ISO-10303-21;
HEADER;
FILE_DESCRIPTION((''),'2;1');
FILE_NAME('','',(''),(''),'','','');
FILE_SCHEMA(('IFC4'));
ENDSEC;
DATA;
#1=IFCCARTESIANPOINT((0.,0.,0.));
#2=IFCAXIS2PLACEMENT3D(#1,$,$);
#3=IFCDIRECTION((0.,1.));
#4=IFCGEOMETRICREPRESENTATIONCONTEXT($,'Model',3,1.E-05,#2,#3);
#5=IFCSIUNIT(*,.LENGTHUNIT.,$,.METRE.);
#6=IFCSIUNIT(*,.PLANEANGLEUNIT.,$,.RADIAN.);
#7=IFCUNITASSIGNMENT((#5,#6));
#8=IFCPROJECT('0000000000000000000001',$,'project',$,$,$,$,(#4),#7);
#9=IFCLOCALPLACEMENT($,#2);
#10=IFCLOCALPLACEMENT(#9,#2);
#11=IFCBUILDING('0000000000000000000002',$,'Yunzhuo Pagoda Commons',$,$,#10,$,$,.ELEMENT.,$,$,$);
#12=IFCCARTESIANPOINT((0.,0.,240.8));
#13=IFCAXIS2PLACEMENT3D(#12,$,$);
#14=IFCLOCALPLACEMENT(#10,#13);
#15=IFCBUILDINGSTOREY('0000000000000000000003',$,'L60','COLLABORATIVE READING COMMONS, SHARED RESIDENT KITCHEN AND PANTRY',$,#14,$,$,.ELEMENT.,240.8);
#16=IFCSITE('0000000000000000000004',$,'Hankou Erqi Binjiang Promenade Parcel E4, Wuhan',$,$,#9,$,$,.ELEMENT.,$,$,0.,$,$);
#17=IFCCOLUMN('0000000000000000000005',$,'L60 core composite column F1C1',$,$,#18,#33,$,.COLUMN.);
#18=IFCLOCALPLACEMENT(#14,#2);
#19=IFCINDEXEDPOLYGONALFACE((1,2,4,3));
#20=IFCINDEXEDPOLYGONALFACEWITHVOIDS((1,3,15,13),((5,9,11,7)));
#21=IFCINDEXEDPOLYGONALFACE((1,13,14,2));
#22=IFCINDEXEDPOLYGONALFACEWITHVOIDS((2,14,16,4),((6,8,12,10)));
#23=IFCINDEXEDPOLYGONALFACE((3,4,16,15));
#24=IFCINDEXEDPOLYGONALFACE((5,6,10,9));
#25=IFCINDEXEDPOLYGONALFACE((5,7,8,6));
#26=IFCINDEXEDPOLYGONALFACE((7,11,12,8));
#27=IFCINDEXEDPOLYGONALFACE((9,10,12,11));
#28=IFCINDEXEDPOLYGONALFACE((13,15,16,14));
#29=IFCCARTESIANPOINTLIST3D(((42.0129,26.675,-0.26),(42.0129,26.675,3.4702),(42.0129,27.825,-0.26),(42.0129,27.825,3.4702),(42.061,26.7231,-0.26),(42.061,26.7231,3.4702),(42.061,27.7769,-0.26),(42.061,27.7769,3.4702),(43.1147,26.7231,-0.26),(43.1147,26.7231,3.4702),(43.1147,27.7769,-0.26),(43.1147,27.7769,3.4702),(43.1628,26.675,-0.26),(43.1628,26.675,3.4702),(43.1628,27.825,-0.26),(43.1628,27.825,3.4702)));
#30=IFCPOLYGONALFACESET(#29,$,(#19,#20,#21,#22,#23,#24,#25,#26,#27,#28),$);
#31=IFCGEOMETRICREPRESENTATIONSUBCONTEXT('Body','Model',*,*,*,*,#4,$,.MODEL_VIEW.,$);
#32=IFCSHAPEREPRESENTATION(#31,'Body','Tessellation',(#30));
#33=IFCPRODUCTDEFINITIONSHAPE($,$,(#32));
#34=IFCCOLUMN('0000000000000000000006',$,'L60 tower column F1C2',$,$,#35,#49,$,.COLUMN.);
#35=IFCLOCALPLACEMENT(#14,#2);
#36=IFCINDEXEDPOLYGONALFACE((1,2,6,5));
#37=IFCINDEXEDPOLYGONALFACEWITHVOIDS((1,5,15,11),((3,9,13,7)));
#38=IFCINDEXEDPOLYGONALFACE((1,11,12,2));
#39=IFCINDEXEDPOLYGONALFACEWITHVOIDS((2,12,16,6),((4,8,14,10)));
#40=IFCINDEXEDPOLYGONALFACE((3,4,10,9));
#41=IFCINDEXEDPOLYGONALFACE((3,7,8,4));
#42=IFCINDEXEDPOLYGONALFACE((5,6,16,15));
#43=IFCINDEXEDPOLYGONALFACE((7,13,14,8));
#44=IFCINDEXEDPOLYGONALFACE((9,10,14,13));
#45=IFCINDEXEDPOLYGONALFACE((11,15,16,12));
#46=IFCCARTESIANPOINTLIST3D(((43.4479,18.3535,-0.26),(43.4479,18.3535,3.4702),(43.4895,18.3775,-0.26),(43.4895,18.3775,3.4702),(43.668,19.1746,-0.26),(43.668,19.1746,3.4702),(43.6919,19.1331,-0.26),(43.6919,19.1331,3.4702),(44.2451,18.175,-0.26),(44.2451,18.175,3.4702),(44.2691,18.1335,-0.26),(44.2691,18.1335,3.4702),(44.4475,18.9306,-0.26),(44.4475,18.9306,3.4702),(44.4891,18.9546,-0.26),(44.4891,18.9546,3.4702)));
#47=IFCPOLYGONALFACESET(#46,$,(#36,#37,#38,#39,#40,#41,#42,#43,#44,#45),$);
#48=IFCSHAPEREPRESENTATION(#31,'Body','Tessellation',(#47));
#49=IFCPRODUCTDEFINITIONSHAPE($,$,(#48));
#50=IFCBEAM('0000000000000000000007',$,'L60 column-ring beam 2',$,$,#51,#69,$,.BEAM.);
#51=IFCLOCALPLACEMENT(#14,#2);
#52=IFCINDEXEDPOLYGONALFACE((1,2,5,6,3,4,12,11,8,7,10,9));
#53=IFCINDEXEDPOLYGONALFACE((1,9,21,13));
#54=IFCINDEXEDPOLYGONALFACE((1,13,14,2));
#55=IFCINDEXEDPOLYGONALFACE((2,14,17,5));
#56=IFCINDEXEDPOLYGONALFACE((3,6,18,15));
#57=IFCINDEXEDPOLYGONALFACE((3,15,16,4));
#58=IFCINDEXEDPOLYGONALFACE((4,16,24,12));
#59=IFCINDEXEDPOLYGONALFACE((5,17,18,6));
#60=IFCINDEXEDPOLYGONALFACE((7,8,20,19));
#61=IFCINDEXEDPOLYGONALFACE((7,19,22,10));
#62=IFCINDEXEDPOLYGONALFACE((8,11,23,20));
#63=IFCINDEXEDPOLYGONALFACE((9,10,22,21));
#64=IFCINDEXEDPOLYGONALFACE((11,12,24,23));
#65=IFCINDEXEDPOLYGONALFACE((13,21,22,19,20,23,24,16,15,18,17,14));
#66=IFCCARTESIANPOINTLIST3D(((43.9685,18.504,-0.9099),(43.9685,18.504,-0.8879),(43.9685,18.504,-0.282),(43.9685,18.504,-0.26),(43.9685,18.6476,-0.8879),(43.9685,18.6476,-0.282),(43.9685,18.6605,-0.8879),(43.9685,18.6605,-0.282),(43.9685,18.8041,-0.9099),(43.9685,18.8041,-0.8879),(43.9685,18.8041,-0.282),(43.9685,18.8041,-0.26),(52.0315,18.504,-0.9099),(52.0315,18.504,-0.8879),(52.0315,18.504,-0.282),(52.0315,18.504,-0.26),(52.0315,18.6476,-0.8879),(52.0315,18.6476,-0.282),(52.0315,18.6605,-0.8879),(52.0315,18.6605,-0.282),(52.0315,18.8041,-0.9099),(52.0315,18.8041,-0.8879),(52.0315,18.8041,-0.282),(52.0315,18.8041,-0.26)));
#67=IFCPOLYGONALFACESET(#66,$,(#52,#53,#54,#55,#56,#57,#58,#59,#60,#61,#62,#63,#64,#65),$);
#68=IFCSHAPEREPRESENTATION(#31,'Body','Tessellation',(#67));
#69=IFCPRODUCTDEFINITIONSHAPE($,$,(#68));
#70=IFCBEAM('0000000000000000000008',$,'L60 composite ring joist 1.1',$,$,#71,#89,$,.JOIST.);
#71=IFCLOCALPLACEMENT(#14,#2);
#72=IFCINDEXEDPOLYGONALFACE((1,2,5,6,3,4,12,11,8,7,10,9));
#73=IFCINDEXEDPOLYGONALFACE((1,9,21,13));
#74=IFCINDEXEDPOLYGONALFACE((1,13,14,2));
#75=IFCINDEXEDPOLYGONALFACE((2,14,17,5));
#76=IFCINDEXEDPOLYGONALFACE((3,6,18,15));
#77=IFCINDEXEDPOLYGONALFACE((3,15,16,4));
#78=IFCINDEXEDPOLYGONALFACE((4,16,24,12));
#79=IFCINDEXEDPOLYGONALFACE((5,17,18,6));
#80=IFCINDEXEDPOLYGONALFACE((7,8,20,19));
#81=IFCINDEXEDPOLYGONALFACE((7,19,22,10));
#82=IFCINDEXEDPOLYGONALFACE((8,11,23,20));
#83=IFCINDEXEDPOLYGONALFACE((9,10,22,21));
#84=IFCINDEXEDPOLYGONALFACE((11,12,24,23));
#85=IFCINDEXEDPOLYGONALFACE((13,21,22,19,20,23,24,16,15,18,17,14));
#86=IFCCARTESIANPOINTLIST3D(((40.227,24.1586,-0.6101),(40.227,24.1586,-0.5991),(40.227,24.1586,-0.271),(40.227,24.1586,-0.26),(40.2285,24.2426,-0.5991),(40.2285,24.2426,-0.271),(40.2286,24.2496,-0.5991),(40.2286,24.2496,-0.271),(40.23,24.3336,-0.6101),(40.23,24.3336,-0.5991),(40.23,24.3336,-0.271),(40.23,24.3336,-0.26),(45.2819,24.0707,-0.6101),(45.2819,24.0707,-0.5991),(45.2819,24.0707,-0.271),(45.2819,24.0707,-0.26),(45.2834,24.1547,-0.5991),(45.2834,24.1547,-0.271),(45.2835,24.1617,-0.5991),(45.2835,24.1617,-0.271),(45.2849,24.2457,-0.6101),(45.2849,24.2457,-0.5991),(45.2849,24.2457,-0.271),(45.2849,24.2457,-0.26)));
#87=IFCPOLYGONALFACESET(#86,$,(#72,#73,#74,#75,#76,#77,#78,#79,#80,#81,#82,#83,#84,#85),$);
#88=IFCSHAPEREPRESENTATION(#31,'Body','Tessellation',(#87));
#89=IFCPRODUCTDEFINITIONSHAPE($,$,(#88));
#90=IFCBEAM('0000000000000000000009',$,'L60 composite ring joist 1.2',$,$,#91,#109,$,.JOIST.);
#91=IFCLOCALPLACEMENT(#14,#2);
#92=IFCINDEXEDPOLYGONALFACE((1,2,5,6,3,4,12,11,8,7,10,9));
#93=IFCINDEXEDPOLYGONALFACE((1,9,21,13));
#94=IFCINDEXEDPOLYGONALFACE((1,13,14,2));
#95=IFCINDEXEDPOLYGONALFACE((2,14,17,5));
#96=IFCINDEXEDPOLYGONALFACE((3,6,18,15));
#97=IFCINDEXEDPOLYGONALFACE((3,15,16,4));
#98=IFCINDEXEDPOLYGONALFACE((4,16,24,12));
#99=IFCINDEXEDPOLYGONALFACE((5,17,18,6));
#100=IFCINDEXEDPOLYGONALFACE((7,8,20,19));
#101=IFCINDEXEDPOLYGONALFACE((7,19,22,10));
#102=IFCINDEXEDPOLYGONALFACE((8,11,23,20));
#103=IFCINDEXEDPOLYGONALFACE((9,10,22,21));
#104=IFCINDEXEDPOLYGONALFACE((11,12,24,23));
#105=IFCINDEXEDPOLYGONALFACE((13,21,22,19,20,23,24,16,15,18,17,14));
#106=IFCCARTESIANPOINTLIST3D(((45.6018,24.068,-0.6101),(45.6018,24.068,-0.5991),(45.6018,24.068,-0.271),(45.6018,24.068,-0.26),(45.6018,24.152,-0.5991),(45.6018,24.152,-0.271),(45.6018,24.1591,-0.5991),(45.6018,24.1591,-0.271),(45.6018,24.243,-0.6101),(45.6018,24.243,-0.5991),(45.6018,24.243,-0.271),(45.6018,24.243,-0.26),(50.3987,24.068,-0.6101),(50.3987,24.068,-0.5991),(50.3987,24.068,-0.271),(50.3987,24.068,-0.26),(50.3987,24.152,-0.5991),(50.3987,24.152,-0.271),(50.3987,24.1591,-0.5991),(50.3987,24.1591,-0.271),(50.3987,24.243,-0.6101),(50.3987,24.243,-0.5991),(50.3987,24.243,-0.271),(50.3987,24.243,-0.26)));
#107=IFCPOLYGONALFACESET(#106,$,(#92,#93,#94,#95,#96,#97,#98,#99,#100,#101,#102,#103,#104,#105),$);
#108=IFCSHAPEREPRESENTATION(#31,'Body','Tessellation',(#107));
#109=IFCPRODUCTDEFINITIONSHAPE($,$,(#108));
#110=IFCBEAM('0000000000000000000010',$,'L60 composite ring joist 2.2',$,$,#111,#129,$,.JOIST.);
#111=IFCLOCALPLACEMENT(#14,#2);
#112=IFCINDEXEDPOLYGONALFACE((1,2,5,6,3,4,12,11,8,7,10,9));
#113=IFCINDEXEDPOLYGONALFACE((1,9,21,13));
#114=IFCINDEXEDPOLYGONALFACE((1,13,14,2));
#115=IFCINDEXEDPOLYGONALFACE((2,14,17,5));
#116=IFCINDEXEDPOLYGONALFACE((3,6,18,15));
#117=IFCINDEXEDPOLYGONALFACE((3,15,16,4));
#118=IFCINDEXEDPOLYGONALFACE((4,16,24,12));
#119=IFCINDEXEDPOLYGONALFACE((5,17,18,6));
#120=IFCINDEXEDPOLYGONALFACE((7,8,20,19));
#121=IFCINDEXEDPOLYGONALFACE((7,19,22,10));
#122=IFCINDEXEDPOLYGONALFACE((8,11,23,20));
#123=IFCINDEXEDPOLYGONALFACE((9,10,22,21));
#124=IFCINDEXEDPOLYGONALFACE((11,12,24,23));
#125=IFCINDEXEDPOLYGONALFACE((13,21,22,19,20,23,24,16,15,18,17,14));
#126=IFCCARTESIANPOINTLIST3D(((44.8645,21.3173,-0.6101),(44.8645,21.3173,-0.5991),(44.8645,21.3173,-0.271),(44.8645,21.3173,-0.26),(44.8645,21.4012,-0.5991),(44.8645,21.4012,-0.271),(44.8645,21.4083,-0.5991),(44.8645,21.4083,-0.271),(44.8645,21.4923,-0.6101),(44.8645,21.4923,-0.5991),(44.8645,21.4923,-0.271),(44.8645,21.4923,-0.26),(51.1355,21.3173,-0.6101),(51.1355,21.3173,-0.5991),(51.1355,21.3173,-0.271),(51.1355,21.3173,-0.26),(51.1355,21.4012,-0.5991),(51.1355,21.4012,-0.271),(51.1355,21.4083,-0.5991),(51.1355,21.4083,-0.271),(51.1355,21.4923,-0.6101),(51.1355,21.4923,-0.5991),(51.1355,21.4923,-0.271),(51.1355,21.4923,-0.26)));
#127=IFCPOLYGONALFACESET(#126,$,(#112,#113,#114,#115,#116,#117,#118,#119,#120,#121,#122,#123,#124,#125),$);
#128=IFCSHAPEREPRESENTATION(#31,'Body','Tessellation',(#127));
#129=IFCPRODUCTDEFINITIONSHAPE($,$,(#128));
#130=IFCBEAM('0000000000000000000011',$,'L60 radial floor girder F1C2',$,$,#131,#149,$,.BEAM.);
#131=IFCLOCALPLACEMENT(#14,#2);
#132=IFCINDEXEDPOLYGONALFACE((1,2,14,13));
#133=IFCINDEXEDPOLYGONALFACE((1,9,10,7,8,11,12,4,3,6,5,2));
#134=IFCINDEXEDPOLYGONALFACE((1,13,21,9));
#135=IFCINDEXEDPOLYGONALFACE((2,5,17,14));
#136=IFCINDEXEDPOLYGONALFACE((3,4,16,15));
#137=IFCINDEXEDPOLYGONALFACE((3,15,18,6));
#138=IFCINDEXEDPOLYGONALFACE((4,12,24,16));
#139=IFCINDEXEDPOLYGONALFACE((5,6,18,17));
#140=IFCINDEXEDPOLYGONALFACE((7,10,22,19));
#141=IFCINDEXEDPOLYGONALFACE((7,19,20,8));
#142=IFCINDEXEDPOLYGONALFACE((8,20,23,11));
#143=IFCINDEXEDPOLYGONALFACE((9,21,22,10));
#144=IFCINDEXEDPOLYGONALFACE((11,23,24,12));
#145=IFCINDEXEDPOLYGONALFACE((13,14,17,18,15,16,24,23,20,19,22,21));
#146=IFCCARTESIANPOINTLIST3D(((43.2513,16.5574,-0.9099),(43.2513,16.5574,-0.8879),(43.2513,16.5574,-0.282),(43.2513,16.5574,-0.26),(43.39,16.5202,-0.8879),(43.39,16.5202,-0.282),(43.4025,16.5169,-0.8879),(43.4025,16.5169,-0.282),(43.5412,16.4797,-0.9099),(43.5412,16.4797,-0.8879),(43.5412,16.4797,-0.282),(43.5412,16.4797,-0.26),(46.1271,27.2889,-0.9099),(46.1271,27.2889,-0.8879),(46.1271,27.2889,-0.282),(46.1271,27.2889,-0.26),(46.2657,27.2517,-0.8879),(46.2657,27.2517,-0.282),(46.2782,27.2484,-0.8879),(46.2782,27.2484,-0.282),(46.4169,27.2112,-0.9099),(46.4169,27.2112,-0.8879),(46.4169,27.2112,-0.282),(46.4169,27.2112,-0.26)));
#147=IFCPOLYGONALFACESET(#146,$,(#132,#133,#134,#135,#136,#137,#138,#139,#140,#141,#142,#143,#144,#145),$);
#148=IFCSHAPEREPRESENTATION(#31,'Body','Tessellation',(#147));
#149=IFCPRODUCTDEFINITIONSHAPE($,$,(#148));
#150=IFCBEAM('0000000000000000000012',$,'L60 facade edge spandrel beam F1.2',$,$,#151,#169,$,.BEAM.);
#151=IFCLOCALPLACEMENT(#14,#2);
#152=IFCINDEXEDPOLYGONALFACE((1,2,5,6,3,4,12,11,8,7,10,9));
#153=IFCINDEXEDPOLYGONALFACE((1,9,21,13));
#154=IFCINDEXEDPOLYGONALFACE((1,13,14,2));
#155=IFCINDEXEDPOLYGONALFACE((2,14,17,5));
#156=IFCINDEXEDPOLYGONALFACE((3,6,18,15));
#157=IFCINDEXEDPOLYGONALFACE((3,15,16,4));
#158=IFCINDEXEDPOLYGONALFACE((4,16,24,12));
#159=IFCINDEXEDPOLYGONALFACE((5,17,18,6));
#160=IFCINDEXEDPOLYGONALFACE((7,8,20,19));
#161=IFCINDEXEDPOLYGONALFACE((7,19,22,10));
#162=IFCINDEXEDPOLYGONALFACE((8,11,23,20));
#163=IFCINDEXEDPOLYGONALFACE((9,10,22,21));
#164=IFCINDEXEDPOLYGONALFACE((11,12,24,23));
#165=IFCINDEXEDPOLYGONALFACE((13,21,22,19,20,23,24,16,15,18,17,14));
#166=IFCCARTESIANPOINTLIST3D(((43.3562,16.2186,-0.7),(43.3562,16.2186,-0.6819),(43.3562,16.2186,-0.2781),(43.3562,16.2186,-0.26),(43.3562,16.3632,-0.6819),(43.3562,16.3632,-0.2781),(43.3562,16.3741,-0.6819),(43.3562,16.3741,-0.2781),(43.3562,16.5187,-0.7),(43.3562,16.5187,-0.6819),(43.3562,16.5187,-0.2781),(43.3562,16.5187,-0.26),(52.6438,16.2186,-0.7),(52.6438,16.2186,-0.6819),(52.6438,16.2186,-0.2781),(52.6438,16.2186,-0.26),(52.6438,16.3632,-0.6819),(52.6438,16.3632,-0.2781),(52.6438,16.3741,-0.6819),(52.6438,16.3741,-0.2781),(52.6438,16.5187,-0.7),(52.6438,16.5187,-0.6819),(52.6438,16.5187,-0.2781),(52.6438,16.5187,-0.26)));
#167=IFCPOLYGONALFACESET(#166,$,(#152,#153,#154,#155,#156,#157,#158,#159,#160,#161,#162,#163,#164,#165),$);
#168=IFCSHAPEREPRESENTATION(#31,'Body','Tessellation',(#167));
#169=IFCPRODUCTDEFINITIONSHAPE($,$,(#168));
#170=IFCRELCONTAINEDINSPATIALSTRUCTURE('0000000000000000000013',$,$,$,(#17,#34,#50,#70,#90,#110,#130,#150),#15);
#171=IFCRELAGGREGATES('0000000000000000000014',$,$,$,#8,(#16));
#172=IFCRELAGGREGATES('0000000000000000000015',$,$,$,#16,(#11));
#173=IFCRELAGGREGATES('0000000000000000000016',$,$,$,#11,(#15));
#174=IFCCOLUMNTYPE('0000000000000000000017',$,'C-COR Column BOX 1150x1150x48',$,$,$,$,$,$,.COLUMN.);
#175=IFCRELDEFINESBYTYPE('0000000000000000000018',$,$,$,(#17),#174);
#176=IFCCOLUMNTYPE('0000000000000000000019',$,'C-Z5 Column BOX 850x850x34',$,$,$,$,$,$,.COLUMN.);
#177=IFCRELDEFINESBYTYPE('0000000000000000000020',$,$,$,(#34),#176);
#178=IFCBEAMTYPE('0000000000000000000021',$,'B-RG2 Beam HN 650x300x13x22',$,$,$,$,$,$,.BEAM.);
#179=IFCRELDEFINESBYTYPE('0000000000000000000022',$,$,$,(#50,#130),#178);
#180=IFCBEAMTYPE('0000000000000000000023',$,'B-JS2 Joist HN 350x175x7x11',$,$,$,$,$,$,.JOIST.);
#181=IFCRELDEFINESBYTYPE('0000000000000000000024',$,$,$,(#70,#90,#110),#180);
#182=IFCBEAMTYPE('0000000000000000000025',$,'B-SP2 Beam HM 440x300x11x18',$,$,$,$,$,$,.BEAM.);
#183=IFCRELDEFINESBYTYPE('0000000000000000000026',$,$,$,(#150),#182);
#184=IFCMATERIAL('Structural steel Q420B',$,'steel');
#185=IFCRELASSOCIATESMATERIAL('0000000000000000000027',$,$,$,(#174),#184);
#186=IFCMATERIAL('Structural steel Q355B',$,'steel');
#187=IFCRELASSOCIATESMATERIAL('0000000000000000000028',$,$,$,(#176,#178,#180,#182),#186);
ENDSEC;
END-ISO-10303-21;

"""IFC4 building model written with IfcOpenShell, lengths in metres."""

from ifc_helpers import new_model, si_unit, direction, frame, origin, origin_2d, place, context, subcontext, project, spatial, hollow_rectangle, i_section, extrude, source, transform, mapped, material, material_profile, profile_set, type_object, element, save


model = new_model("IFC4")

# Units and contexts
model_context = context("Model", 3, precision=1e-05, world=origin(), true_north=direction((0.0, 1.0)))
body_context = subcontext(model_context, "Body", "Model", "MODEL_VIEW")
ifc_project = project(units=[si_unit("LENGTHUNIT", "METRE"), si_unit("PLANEANGLEUNIT", "RADIAN")], contexts=[model_context])

# Site, building, storey
site_placement = place(None, origin())
site = spatial("IfcSite", under=ifc_project, at=site_placement, Name="Hankou Erqi Binjiang Promenade Parcel E4, Wuhan", CompositionType="ELEMENT", RefElevation=0.0)
building_placement = place(site_placement, origin())
building = spatial("IfcBuilding", under=site, at=building_placement, Name="Yunzhuo Pagoda Commons", CompositionType="ELEMENT")
storey_placement = place(building_placement, frame((0.0, 0.0, 240.8)))
storey = spatial("IfcBuildingStorey", under=building, at=storey_placement, Name="L60", Description="COLLABORATIVE READING COMMONS, SHARED RESIDENT KITCHEN AND PANTRY", CompositionType="ELEMENT", Elevation=240.8)

# Columns
ifc_material_1 = material(Name="Structural steel Q420B", Category="steel")
ifc_material_profile_1 = material_profile(ifc_material_1, hollow_rectangle(XDim=1.1499, YDim=1.1499, WallThickness=0.0481, at=origin_2d()), Name="Structural steel Q420B")
ifc_profile_set_1 = profile_set([ifc_material_profile_1], Name="Structural steel Q420B")
column_type_1 = type_object("IfcColumnType", Name="C-COR Column BOX 1150x1150x48", PredefinedType="COLUMN", material=ifc_profile_set_1)
shared_shape_1 = source(origin(), body_context, "Body", "SweptSolid", [
    extrude(hollow_rectangle(XDim=1.1499, YDim=1.1499, WallThickness=0.0481, at=origin_2d()), origin(), (0.0, 0.0, 1.0), 3.7302),
])
column_1_placement = place(storey_placement, frame((42.5879, 27.25, -0.26), z_axis=(0.0, 0.0, 1.0), x_axis=(1.0, 0.0, 0.0)))
element("IfcColumn", 1, at=column_1_placement, inside=storey, type_object=column_type_1, Name="L60 core composite column F1C1", PredefinedType="COLUMN", context=body_context, shape_type="MappedRepresentation", body=[
    mapped(shared_shape_1, transform((0.0, 0.0, 0.0), scale=1.0)),
])
ifc_material_2 = material(Name="Structural steel Q355B", Category="steel")
ifc_material_profile_2 = material_profile(ifc_material_2, hollow_rectangle(XDim=0.8501, YDim=0.8501, WallThickness=0.0339, at=origin_2d()), Name="Structural steel Q355B")
ifc_profile_set_2 = profile_set([ifc_material_profile_2], Name="Structural steel Q355B")
column_type_2 = type_object("IfcColumnType", Name="C-Z5 Column BOX 850x850x34", PredefinedType="COLUMN", material=ifc_profile_set_2)
shared_shape_2 = source(origin(), body_context, "Body", "SweptSolid", [
    extrude(hollow_rectangle(XDim=0.8501, YDim=0.8501, WallThickness=0.0339, at=origin_2d()), origin(), (0.0, 0.0, 1.0), 3.7302),
])
column_2_placement = place(storey_placement, frame((43.9685, 18.6541, -0.26), z_axis=(0.0, 0.0, 1.0), x_axis=(0.965926, -0.258819, 0.0)))
element("IfcColumn", 2, at=column_2_placement, inside=storey, type_object=column_type_2, Name="L60 tower column F1C2", PredefinedType="COLUMN", context=body_context, shape_type="MappedRepresentation", body=[
    mapped(shared_shape_2, transform((0.0, 0.0, 0.0), scale=1.0)),
])

# Beams
ifc_material_profile_3 = material_profile(ifc_material_2, i_section(OverallWidth=0.3, OverallDepth=0.6499, WebThickness=0.0129, FlangeThickness=0.022, at=origin_2d()), Name="Structural steel Q355B")
ifc_profile_set_3 = profile_set([ifc_material_profile_3], Name="Structural steel Q355B")
beam_type_1 = type_object("IfcBeamType", Name="B-RG2 Beam HN 650x300x13x22", PredefinedType="BEAM", material=ifc_profile_set_3)
shared_shape_3 = source(origin(), body_context, "Body", "SweptSolid", [
    extrude(i_section(OverallWidth=0.3, OverallDepth=0.6499, WebThickness=0.0129, FlangeThickness=0.022, at=origin_2d()), origin(), (0.0, 0.0, 1.0), 8.063),
])
beam_1_placement = place(storey_placement, frame((43.9685, 18.6541, -0.585), z_axis=(1.0, 0.0, 0.0), x_axis=(0.0, 1.0, 0.0)))
element("IfcBeam", 3, at=beam_1_placement, inside=storey, type_object=beam_type_1, Name="L60 column-ring beam 2", PredefinedType="BEAM", context=body_context, shape_type="MappedRepresentation", body=[
    mapped(shared_shape_3, transform((0.0, 0.0, 0.0), scale=1.0)),
])
ifc_material_profile_4 = material_profile(ifc_material_2, i_section(OverallWidth=0.175, OverallDepth=0.3501, WebThickness=0.0071, FlangeThickness=0.011, at=origin_2d()), Name="Structural steel Q355B")
ifc_profile_set_4 = profile_set([ifc_material_profile_4], Name="Structural steel Q355B")
beam_type_2 = type_object("IfcBeamType", Name="B-JS2 Joist HN 350x175x7x11", PredefinedType="JOIST", material=ifc_profile_set_4)
shared_shape_4 = source(origin(), body_context, "Body", "SweptSolid", [
    extrude(i_section(OverallWidth=0.175, OverallDepth=0.3501, WebThickness=0.0071, FlangeThickness=0.011, at=origin_2d()), origin(), (0.0, 0.0, 1.0), 5.0557),
])
beam_2_placement = place(storey_placement, frame((40.2285, 24.2461, -0.4351), z_axis=(0.999849, -0.017384, 0.0), x_axis=(0.017384, 0.999849, 0.0)))
element("IfcBeam", 4, at=beam_2_placement, inside=storey, type_object=beam_type_2, Name="L60 composite ring joist 1.1", PredefinedType="JOIST", context=body_context, shape_type="MappedRepresentation", body=[
    mapped(shared_shape_4, transform((0.0, 0.0, 0.0), scale=1.0)),
])
shared_shape_5 = source(origin(), body_context, "Body", "SweptSolid", [
    extrude(i_section(OverallWidth=0.175, OverallDepth=0.3501, WebThickness=0.0071, FlangeThickness=0.011, at=origin_2d()), origin(), (0.0, 0.0, 1.0), 4.7969),
])
beam_3_placement = place(storey_placement, frame((45.6018, 24.1555, -0.4351), z_axis=(1.0, 0.0, 0.0), x_axis=(0.0, 1.0, 0.0)))
element("IfcBeam", 5, at=beam_3_placement, inside=storey, type_object=beam_type_2, Name="L60 composite ring joist 1.2", PredefinedType="JOIST", context=body_context, shape_type="MappedRepresentation", body=[
    mapped(shared_shape_5, transform((0.0, 0.0, 0.0), scale=1.0)),
])
shared_shape_6 = source(origin(), body_context, "Body", "SweptSolid", [
    extrude(i_section(OverallWidth=0.175, OverallDepth=0.3501, WebThickness=0.0071, FlangeThickness=0.011, at=origin_2d()), origin(), (0.0, 0.0, 1.0), 6.271),
])
beam_4_placement = place(storey_placement, frame((44.8645, 21.4048, -0.4351), z_axis=(1.0, 0.0, 0.0), x_axis=(0.0, 1.0, 0.0)))
element("IfcBeam", 6, at=beam_4_placement, inside=storey, type_object=beam_type_2, Name="L60 composite ring joist 2.2", PredefinedType="JOIST", context=body_context, shape_type="MappedRepresentation", body=[
    mapped(shared_shape_6, transform((0.0, 0.0, 0.0), scale=1.0)),
])
shared_shape_7 = source(origin(), body_context, "Body", "SweptSolid", [
    extrude(i_section(OverallWidth=0.3, OverallDepth=0.6499, WebThickness=0.0129, FlangeThickness=0.022, at=origin_2d()), origin(), (0.0, 0.0, 1.0), 11.1101),
])
beam_5_placement = place(storey_placement, frame((43.3962, 16.5186, -0.585), z_axis=(0.25884, 0.96592, 0.0), x_axis=(-0.96592, 0.25884, 0.0)))
element("IfcBeam", 7, at=beam_5_placement, inside=storey, type_object=beam_type_1, Name="L60 radial floor girder F1C2", PredefinedType="BEAM", context=body_context, shape_type="MappedRepresentation", body=[
    mapped(shared_shape_7, transform((0.0, 0.0, 0.0), scale=1.0)),
])
ifc_material_profile_5 = material_profile(ifc_material_2, i_section(OverallWidth=0.3, OverallDepth=0.4399, WebThickness=0.011, FlangeThickness=0.0181, at=origin_2d()), Name="Structural steel Q355B")
ifc_profile_set_5 = profile_set([ifc_material_profile_5], Name="Structural steel Q355B")
beam_type_3 = type_object("IfcBeamType", Name="B-SP2 Beam HM 440x300x11x18", PredefinedType="BEAM", material=ifc_profile_set_5)
shared_shape_8 = source(origin(), body_context, "Body", "SweptSolid", [
    extrude(i_section(OverallWidth=0.3, OverallDepth=0.4399, WebThickness=0.011, FlangeThickness=0.0181, at=origin_2d()), origin(), (0.0, 0.0, 1.0), 9.2876),
])
beam_6_placement = place(storey_placement, frame((43.3562, 16.3687, -0.48), z_axis=(1.0, 0.0, 0.0), x_axis=(0.0, 1.0, 0.0)))
element("IfcBeam", 8, at=beam_6_placement, inside=storey, type_object=beam_type_3, Name="L60 facade edge spandrel beam F1.2", PredefinedType="BEAM", context=body_context, shape_type="MappedRepresentation", body=[
    mapped(shared_shape_8, transform((0.0, 0.0, 0.0), scale=1.0)),
])

save(model, "model.ifc")
